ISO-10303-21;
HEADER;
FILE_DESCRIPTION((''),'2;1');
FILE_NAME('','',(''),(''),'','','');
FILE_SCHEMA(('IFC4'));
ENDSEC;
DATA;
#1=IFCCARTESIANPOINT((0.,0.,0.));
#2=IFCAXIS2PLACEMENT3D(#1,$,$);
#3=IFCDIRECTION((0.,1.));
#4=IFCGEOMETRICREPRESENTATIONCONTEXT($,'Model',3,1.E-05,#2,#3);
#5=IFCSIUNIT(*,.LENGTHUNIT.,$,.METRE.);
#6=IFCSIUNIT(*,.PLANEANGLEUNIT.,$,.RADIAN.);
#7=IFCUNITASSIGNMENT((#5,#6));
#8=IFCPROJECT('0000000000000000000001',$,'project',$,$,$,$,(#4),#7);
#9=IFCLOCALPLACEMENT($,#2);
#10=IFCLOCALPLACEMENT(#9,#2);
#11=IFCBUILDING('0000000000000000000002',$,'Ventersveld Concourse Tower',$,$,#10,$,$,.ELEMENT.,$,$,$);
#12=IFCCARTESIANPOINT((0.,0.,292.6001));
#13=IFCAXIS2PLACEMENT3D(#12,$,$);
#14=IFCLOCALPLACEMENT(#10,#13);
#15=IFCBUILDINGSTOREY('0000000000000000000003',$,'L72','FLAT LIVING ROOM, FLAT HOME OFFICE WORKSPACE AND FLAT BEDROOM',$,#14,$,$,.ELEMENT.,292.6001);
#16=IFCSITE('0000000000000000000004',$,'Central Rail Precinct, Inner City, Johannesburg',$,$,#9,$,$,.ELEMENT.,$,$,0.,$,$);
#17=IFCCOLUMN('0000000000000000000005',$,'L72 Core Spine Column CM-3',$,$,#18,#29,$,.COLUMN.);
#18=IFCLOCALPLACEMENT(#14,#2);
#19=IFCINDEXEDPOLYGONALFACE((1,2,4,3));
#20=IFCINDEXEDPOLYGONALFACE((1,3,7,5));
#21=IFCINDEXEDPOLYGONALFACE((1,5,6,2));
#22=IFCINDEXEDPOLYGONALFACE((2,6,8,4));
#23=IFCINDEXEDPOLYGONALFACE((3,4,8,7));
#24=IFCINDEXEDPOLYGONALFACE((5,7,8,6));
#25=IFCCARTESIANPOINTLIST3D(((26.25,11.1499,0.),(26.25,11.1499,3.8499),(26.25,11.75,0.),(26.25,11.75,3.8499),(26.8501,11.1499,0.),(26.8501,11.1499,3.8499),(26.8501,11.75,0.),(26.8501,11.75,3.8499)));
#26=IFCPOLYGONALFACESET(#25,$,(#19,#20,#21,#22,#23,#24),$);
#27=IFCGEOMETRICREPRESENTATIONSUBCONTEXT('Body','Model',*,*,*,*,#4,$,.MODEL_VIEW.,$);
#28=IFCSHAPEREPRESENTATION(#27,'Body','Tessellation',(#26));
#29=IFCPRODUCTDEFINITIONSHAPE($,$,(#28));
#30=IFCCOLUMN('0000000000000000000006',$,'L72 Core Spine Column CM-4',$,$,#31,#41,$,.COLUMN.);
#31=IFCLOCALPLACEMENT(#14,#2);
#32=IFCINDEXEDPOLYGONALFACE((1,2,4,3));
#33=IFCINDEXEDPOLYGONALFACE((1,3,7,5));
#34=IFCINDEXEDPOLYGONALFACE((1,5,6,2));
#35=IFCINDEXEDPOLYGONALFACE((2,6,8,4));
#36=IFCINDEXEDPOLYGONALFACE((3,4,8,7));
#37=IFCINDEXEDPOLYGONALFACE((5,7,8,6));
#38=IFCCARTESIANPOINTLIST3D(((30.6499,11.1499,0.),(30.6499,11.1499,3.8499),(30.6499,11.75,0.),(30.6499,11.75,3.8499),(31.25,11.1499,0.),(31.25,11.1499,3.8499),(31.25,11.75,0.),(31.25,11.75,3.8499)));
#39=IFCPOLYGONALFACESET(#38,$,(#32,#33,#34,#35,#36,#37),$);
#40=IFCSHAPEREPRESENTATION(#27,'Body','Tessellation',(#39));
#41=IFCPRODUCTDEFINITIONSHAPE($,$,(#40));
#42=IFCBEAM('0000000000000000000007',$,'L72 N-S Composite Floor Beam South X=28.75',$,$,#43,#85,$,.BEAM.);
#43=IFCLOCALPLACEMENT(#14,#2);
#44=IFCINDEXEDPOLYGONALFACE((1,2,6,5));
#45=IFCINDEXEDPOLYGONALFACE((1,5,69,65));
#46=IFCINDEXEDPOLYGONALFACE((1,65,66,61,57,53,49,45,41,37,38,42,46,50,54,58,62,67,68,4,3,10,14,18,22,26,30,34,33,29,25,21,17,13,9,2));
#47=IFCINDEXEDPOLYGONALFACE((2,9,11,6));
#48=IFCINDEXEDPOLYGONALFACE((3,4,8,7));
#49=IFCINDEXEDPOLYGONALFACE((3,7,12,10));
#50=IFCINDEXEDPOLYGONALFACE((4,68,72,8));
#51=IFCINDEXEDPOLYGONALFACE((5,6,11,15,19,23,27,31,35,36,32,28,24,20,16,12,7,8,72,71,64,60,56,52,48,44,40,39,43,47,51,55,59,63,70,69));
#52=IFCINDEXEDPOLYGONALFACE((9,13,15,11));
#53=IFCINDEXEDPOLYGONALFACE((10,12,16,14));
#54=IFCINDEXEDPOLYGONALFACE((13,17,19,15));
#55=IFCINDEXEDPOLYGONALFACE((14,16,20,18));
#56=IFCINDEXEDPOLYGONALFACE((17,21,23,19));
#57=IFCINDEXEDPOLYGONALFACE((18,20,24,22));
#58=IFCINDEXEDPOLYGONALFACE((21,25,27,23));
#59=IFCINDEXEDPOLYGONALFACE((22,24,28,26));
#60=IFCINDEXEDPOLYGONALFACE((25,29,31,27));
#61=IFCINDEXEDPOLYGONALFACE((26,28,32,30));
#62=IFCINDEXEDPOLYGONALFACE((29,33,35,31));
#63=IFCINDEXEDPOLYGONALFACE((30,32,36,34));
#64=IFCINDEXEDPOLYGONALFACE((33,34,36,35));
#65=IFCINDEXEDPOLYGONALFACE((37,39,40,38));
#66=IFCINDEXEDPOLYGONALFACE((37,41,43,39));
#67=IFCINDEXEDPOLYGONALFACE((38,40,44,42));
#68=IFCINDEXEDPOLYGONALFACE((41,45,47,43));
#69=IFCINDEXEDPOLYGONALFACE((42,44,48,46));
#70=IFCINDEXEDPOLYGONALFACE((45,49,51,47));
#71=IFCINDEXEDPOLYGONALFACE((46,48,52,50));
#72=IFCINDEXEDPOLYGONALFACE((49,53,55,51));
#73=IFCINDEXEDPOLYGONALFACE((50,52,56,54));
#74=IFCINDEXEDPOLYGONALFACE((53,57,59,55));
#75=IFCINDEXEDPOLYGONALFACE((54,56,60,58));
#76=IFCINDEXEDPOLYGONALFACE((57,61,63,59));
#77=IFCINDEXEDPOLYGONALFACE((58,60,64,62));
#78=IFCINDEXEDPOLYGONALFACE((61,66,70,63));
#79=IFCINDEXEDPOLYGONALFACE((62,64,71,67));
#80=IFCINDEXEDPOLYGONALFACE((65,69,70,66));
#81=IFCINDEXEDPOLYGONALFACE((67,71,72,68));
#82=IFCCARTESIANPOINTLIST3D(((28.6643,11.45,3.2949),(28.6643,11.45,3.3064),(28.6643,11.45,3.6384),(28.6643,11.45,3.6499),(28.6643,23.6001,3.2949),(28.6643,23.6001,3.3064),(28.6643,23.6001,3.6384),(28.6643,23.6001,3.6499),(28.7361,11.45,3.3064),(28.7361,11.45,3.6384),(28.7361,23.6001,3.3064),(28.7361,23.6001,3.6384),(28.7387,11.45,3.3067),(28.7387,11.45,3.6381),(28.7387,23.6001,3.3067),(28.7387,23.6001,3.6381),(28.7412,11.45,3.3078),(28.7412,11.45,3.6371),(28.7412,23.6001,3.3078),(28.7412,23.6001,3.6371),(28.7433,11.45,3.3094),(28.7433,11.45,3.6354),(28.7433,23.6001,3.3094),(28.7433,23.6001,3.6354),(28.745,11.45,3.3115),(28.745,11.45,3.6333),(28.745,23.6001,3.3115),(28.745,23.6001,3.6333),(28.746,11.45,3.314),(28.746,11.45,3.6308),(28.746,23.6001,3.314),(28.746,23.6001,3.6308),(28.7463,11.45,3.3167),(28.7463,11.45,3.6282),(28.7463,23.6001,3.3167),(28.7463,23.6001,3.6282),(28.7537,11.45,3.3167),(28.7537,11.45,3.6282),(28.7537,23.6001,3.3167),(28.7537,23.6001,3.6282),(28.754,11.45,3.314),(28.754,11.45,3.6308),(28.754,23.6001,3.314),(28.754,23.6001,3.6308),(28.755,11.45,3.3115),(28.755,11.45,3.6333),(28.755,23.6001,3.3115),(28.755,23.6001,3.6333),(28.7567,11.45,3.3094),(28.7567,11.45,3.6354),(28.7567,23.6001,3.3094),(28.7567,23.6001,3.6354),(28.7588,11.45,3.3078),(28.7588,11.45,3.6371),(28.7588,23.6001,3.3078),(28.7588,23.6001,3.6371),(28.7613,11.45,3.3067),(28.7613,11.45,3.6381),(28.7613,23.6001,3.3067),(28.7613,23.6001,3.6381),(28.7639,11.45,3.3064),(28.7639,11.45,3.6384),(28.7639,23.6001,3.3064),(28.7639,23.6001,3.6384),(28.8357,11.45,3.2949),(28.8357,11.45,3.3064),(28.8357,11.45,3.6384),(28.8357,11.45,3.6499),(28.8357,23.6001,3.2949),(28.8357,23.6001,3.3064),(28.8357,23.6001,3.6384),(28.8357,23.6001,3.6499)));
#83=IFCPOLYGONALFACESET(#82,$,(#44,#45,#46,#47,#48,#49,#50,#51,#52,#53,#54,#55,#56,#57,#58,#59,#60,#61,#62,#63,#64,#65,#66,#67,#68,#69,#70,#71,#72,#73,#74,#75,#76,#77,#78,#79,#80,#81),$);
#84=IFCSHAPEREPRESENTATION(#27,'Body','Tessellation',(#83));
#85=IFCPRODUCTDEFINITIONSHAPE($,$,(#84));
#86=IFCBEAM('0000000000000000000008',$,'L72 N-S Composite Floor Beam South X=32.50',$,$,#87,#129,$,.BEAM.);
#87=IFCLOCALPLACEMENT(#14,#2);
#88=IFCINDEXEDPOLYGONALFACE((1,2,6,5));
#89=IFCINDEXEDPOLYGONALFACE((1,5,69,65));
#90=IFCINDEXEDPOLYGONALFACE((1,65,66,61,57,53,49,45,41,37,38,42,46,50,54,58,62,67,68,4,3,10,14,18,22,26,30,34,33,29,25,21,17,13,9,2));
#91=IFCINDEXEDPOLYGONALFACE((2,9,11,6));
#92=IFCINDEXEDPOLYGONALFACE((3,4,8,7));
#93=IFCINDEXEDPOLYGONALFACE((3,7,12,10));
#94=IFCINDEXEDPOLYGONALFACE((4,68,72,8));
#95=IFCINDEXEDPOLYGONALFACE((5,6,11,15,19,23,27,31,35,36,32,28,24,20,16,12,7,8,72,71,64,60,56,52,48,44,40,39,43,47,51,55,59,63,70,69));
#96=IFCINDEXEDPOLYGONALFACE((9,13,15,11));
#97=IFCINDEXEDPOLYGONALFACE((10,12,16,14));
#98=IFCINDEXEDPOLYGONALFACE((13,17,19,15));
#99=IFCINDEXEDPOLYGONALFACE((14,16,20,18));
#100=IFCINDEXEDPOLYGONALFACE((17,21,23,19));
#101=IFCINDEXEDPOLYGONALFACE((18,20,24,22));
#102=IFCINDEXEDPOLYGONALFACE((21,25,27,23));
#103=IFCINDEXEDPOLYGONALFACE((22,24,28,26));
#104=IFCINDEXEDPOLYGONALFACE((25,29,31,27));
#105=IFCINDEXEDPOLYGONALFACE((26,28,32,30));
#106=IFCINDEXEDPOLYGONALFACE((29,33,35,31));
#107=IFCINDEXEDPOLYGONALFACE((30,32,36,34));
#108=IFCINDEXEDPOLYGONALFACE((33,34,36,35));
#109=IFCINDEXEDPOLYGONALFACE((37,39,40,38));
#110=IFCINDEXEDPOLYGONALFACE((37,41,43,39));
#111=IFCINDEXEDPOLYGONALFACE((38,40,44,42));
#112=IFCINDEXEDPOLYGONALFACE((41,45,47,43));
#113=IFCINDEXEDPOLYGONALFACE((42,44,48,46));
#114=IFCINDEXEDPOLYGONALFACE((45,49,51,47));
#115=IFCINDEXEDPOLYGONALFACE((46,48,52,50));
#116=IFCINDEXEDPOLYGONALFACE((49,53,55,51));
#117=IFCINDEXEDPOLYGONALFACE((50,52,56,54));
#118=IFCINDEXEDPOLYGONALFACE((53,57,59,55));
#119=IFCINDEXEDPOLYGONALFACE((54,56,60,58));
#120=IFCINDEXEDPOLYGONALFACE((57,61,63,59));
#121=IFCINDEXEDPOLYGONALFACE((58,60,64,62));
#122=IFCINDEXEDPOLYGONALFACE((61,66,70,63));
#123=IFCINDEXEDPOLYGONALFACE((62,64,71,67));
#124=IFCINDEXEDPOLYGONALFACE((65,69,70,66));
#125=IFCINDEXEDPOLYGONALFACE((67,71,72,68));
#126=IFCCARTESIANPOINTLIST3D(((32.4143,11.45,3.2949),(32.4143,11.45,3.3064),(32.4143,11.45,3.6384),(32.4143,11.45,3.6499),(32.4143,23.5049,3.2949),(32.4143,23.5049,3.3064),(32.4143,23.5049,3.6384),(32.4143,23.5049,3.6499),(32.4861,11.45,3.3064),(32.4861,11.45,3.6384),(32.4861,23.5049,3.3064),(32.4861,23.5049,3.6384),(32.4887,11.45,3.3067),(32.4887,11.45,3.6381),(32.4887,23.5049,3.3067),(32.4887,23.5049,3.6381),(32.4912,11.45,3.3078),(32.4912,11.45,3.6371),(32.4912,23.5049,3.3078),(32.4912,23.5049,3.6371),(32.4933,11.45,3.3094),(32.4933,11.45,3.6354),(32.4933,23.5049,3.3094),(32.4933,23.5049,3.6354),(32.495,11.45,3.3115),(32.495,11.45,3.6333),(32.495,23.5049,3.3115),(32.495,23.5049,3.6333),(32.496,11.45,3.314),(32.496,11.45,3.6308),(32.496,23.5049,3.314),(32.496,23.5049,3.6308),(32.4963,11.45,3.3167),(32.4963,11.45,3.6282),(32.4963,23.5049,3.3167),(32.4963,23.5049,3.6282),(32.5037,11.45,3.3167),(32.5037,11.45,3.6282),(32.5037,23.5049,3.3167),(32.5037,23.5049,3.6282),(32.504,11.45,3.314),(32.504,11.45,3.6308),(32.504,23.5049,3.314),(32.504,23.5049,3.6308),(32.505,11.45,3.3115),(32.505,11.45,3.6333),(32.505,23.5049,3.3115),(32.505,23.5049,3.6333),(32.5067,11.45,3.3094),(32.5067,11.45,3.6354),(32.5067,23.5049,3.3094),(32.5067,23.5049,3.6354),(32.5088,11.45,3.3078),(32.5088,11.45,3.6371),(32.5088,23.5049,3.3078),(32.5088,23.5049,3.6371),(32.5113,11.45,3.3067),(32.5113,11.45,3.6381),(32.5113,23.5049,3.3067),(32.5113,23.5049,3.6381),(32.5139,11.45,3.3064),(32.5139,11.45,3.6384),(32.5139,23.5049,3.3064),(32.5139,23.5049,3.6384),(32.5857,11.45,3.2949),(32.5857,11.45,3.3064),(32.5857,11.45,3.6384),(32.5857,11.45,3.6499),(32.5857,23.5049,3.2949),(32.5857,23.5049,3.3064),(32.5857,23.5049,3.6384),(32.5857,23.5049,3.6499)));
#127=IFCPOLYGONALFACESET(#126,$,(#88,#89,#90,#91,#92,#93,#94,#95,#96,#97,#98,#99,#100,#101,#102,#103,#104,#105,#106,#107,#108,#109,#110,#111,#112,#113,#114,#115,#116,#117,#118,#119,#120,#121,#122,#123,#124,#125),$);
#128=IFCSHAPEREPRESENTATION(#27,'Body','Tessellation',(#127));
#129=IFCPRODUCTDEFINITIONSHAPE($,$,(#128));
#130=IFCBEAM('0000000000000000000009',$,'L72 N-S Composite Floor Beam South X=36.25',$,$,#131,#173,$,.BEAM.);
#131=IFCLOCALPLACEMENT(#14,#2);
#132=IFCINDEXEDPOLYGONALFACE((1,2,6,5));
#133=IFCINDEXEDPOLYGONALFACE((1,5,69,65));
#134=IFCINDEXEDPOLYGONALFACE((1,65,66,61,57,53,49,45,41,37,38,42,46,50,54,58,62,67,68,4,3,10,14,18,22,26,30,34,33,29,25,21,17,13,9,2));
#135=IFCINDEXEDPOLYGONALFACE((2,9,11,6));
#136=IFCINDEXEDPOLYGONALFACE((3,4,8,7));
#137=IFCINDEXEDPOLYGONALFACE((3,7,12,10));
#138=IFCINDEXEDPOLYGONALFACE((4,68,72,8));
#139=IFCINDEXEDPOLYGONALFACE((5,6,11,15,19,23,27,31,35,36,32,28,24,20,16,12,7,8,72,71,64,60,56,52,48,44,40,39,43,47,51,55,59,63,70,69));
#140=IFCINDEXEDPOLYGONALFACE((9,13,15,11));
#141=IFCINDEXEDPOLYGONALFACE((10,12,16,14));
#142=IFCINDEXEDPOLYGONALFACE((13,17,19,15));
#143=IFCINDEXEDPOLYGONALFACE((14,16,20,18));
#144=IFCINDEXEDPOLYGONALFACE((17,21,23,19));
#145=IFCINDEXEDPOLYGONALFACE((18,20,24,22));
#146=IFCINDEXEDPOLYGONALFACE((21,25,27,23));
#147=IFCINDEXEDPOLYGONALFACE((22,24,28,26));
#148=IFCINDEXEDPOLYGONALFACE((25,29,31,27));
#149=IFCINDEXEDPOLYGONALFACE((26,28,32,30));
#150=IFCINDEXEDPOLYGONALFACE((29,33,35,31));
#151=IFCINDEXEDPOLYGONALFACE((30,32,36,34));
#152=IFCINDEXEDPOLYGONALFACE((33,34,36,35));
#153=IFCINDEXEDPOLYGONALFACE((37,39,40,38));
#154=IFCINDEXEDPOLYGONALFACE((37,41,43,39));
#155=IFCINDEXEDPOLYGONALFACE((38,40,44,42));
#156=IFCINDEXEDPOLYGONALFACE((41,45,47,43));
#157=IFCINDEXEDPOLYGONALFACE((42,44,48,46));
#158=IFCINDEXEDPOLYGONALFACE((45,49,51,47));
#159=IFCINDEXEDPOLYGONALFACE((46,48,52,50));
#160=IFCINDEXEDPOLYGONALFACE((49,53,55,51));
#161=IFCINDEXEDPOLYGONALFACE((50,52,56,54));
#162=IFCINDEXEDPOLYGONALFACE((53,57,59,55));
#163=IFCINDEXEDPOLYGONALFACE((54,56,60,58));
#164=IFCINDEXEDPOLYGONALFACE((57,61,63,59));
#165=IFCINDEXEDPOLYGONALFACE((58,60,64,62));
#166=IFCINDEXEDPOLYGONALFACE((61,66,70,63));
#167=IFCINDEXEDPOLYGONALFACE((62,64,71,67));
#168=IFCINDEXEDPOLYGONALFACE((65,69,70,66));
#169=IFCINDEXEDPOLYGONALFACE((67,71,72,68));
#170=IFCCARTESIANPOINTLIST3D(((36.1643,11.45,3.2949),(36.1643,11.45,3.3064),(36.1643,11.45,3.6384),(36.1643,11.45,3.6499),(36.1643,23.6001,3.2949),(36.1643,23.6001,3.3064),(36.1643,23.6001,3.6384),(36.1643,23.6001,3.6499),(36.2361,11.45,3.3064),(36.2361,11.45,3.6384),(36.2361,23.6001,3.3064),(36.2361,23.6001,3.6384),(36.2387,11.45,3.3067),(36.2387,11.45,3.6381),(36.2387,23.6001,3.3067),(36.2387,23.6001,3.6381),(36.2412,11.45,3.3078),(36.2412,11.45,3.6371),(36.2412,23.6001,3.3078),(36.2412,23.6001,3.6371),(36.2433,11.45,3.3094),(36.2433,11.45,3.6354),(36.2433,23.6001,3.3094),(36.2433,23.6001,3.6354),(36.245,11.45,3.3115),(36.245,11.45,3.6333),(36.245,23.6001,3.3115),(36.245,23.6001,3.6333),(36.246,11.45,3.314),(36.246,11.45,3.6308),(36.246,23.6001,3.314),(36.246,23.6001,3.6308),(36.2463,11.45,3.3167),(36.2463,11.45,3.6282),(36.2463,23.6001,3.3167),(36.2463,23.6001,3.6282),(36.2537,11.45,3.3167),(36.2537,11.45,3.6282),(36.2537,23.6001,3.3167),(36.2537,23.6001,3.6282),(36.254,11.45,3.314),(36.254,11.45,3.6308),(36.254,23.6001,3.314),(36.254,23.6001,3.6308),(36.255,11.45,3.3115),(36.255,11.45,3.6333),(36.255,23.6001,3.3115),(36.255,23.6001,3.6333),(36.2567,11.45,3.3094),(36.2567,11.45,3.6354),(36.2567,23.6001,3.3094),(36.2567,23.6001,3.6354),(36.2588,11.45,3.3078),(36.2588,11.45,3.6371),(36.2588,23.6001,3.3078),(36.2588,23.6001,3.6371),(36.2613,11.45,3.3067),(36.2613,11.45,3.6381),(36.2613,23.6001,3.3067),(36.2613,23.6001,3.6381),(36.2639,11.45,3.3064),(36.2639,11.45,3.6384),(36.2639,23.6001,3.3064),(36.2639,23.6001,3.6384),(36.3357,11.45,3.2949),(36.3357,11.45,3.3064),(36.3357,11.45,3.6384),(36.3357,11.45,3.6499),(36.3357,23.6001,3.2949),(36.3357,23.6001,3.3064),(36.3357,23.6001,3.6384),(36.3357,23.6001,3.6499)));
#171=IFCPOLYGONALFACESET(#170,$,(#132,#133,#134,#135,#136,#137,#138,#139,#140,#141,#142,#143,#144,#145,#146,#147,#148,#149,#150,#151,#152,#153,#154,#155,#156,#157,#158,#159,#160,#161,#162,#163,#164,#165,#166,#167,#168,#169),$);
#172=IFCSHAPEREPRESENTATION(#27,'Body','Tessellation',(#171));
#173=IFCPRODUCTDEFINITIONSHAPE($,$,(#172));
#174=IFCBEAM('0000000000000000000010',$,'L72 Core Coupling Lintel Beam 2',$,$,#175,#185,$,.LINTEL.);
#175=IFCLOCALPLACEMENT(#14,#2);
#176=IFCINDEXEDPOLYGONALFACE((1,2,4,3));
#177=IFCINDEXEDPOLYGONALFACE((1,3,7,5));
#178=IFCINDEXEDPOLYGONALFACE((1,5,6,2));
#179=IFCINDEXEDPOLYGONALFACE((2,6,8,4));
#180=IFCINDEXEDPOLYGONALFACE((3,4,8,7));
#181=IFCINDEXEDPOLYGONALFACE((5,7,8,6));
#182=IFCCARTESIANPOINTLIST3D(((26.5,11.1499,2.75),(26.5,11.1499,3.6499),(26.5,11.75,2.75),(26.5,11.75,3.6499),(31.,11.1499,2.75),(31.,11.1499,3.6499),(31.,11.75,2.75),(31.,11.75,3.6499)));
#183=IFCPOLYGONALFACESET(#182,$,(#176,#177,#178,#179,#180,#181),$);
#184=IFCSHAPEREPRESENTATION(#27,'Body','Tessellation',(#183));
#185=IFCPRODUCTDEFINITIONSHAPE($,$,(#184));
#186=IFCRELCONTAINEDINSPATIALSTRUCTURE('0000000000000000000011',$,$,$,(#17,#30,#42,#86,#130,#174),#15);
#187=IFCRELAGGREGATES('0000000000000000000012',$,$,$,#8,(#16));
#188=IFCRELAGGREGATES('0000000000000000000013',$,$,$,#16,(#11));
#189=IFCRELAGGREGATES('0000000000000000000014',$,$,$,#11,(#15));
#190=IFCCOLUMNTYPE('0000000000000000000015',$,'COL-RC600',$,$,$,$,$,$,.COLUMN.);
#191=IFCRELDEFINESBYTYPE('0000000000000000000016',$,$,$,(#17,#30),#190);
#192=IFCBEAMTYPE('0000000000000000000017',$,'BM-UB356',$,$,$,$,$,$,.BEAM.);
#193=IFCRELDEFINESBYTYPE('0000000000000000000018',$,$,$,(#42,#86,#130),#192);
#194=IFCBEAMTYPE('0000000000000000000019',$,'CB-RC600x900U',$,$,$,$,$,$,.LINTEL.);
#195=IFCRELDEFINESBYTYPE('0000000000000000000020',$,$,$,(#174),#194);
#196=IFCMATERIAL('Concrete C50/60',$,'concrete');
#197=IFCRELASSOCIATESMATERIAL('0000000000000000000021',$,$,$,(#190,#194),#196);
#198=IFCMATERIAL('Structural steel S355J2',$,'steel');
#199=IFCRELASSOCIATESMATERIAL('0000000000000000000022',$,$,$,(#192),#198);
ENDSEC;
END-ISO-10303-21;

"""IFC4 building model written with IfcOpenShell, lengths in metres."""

from ifc_helpers import new_model, si_unit, direction, frame, origin, origin_2d, place, context, subcontext, project, spatial, rectangle, i_section, extrude, material, material_profile, profile_set, type_object, element, save


model = new_model("IFC4")

# Units and contexts
model_context = context("Model", 3, precision=1e-05, world=origin(), true_north=direction((0.0, 1.0)))
body_context = subcontext(model_context, "Body", "Model", "MODEL_VIEW")
ifc_project = project(units=[si_unit("LENGTHUNIT", "METRE"), si_unit("PLANEANGLEUNIT", "RADIAN")], contexts=[model_context])

# Site, building, storey
site_placement = place(None, origin())
site = spatial("IfcSite", under=ifc_project, at=site_placement, Name="Central Rail Precinct, Inner City, Johannesburg", CompositionType="ELEMENT", RefElevation=0.0)
building_placement = place(site_placement, origin())
building = spatial("IfcBuilding", under=site, at=building_placement, Name="Ventersveld Concourse Tower", CompositionType="ELEMENT")
storey_placement = place(building_placement, frame((0.0, 0.0, 292.6001)))
storey = spatial("IfcBuildingStorey", under=building, at=storey_placement, Name="L72", Description="FLAT LIVING ROOM, FLAT HOME OFFICE WORKSPACE AND FLAT BEDROOM", CompositionType="ELEMENT", Elevation=292.6001)

# Columns
ifc_material_1 = material(Name="Concrete C50/60", Category="concrete")
ifc_material_profile_1 = material_profile(ifc_material_1, rectangle(XDim=0.6001, YDim=0.6001, at=origin_2d()), Name="RC 600x600")
ifc_profile_set_1 = profile_set([ifc_material_profile_1], Name="Concrete C50/60")
column_type = type_object("IfcColumnType", Name="COL-RC600", PredefinedType="COLUMN", material=ifc_profile_set_1)
for number, where, z_axis, x_axis, name in (
    (1, (26.55, 11.45, 0.0), (0.0, 0.0, 1.0), (1.0, 0.0, 0.0), "L72 Core Spine Column CM-3"),
    (2, (30.95, 11.45, 0.0), (0.0, 0.0, 1.0), (1.0, 0.0, 0.0), "L72 Core Spine Column CM-4"),
):
    element("IfcColumn", number, at=place(storey_placement, frame(where, z_axis=z_axis, x_axis=x_axis)), inside=storey, type_object=column_type, Name=name, PredefinedType="COLUMN", context=body_context, shape_type="SweptSolid", body=[
        extrude(rectangle(XDim=0.6001, YDim=0.6001, at=origin_2d()), origin(), (0.0, 0.0, 1.0), 3.8499),
    ])

# Beams
ifc_material_2 = material(Name="Structural steel S355J2", Category="steel")
ifc_material_profile_2 = material_profile(ifc_material_2, i_section(OverallWidth=0.1714, OverallDepth=0.355, WebThickness=0.0073, FlangeThickness=0.0115, FilletRadius=0.0103, at=origin_2d()), Name="UB 356x171x51")
ifc_profile_set_2 = profile_set([ifc_material_profile_2], Name="Structural steel S355J2")
beam_type_1 = type_object("IfcBeamType", Name="BM-UB356", PredefinedType="BEAM", material=ifc_profile_set_2)
beam_1_placement = place(storey_placement, frame((28.75, 11.45, 3.4724), z_axis=(0.0, 1.0, 0.0), x_axis=(-1.0, 0.0, 0.0)))
element("IfcBeam", 3, at=beam_1_placement, inside=storey, type_object=beam_type_1, Name="L72 N-S Composite Floor Beam South X=28.75", PredefinedType="BEAM", context=body_context, shape_type="SweptSolid", body=[
    extrude(i_section(OverallWidth=0.1714, OverallDepth=0.355, WebThickness=0.0073, FlangeThickness=0.0115, FilletRadius=0.0103, at=origin_2d()), origin(), (0.0, 0.0, 1.0), 12.1501),
])
beam_2_placement = place(storey_placement, frame((32.5, 11.45, 3.4724), z_axis=(0.0, 1.0, 0.0), x_axis=(-1.0, 0.0, 0.0)))
element("IfcBeam", 4, at=beam_2_placement, inside=storey, type_object=beam_type_1, Name="L72 N-S Composite Floor Beam South X=32.50", PredefinedType="BEAM", context=body_context, shape_type="SweptSolid", body=[
    extrude(i_section(OverallWidth=0.1714, OverallDepth=0.355, WebThickness=0.0073, FlangeThickness=0.0115, FilletRadius=0.0103, at=origin_2d()), origin(), (0.0, 0.0, 1.0), 12.0549),
])
beam_3_placement = place(storey_placement, frame((36.25, 11.45, 3.4724), z_axis=(0.0, 1.0, 0.0), x_axis=(-1.0, 0.0, 0.0)))
element("IfcBeam", 5, at=beam_3_placement, inside=storey, type_object=beam_type_1, Name="L72 N-S Composite Floor Beam South X=36.25", PredefinedType="BEAM", context=body_context, shape_type="SweptSolid", body=[
    extrude(i_section(OverallWidth=0.1714, OverallDepth=0.355, WebThickness=0.0073, FlangeThickness=0.0115, FilletRadius=0.0103, at=origin_2d()), origin(), (0.0, 0.0, 1.0), 12.1501),
])
ifc_material_profile_3 = material_profile(ifc_material_1, rectangle(XDim=0.6001, YDim=0.8999, at=origin_2d()), Name="RC 600x900")
ifc_profile_set_3 = profile_set([ifc_material_profile_3], Name="Concrete C50/60")
beam_type_2 = type_object("IfcBeamType", Name="CB-RC600x900U", PredefinedType="LINTEL", material=ifc_profile_set_3)
beam_4_placement = place(storey_placement, frame((26.5, 11.45, 3.2), z_axis=(1.0, 0.0, 0.0), x_axis=(0.0, 1.0, 0.0)))
element("IfcBeam", 6, at=beam_4_placement, inside=storey, type_object=beam_type_2, Name="L72 Core Coupling Lintel Beam 2", PredefinedType="LINTEL", context=body_context, shape_type="SweptSolid", body=[
    extrude(rectangle(XDim=0.6001, YDim=0.8999, at=origin_2d()), origin(), (0.0, 0.0, 1.0), 4.5),
])

save(model, "model.ifc")
